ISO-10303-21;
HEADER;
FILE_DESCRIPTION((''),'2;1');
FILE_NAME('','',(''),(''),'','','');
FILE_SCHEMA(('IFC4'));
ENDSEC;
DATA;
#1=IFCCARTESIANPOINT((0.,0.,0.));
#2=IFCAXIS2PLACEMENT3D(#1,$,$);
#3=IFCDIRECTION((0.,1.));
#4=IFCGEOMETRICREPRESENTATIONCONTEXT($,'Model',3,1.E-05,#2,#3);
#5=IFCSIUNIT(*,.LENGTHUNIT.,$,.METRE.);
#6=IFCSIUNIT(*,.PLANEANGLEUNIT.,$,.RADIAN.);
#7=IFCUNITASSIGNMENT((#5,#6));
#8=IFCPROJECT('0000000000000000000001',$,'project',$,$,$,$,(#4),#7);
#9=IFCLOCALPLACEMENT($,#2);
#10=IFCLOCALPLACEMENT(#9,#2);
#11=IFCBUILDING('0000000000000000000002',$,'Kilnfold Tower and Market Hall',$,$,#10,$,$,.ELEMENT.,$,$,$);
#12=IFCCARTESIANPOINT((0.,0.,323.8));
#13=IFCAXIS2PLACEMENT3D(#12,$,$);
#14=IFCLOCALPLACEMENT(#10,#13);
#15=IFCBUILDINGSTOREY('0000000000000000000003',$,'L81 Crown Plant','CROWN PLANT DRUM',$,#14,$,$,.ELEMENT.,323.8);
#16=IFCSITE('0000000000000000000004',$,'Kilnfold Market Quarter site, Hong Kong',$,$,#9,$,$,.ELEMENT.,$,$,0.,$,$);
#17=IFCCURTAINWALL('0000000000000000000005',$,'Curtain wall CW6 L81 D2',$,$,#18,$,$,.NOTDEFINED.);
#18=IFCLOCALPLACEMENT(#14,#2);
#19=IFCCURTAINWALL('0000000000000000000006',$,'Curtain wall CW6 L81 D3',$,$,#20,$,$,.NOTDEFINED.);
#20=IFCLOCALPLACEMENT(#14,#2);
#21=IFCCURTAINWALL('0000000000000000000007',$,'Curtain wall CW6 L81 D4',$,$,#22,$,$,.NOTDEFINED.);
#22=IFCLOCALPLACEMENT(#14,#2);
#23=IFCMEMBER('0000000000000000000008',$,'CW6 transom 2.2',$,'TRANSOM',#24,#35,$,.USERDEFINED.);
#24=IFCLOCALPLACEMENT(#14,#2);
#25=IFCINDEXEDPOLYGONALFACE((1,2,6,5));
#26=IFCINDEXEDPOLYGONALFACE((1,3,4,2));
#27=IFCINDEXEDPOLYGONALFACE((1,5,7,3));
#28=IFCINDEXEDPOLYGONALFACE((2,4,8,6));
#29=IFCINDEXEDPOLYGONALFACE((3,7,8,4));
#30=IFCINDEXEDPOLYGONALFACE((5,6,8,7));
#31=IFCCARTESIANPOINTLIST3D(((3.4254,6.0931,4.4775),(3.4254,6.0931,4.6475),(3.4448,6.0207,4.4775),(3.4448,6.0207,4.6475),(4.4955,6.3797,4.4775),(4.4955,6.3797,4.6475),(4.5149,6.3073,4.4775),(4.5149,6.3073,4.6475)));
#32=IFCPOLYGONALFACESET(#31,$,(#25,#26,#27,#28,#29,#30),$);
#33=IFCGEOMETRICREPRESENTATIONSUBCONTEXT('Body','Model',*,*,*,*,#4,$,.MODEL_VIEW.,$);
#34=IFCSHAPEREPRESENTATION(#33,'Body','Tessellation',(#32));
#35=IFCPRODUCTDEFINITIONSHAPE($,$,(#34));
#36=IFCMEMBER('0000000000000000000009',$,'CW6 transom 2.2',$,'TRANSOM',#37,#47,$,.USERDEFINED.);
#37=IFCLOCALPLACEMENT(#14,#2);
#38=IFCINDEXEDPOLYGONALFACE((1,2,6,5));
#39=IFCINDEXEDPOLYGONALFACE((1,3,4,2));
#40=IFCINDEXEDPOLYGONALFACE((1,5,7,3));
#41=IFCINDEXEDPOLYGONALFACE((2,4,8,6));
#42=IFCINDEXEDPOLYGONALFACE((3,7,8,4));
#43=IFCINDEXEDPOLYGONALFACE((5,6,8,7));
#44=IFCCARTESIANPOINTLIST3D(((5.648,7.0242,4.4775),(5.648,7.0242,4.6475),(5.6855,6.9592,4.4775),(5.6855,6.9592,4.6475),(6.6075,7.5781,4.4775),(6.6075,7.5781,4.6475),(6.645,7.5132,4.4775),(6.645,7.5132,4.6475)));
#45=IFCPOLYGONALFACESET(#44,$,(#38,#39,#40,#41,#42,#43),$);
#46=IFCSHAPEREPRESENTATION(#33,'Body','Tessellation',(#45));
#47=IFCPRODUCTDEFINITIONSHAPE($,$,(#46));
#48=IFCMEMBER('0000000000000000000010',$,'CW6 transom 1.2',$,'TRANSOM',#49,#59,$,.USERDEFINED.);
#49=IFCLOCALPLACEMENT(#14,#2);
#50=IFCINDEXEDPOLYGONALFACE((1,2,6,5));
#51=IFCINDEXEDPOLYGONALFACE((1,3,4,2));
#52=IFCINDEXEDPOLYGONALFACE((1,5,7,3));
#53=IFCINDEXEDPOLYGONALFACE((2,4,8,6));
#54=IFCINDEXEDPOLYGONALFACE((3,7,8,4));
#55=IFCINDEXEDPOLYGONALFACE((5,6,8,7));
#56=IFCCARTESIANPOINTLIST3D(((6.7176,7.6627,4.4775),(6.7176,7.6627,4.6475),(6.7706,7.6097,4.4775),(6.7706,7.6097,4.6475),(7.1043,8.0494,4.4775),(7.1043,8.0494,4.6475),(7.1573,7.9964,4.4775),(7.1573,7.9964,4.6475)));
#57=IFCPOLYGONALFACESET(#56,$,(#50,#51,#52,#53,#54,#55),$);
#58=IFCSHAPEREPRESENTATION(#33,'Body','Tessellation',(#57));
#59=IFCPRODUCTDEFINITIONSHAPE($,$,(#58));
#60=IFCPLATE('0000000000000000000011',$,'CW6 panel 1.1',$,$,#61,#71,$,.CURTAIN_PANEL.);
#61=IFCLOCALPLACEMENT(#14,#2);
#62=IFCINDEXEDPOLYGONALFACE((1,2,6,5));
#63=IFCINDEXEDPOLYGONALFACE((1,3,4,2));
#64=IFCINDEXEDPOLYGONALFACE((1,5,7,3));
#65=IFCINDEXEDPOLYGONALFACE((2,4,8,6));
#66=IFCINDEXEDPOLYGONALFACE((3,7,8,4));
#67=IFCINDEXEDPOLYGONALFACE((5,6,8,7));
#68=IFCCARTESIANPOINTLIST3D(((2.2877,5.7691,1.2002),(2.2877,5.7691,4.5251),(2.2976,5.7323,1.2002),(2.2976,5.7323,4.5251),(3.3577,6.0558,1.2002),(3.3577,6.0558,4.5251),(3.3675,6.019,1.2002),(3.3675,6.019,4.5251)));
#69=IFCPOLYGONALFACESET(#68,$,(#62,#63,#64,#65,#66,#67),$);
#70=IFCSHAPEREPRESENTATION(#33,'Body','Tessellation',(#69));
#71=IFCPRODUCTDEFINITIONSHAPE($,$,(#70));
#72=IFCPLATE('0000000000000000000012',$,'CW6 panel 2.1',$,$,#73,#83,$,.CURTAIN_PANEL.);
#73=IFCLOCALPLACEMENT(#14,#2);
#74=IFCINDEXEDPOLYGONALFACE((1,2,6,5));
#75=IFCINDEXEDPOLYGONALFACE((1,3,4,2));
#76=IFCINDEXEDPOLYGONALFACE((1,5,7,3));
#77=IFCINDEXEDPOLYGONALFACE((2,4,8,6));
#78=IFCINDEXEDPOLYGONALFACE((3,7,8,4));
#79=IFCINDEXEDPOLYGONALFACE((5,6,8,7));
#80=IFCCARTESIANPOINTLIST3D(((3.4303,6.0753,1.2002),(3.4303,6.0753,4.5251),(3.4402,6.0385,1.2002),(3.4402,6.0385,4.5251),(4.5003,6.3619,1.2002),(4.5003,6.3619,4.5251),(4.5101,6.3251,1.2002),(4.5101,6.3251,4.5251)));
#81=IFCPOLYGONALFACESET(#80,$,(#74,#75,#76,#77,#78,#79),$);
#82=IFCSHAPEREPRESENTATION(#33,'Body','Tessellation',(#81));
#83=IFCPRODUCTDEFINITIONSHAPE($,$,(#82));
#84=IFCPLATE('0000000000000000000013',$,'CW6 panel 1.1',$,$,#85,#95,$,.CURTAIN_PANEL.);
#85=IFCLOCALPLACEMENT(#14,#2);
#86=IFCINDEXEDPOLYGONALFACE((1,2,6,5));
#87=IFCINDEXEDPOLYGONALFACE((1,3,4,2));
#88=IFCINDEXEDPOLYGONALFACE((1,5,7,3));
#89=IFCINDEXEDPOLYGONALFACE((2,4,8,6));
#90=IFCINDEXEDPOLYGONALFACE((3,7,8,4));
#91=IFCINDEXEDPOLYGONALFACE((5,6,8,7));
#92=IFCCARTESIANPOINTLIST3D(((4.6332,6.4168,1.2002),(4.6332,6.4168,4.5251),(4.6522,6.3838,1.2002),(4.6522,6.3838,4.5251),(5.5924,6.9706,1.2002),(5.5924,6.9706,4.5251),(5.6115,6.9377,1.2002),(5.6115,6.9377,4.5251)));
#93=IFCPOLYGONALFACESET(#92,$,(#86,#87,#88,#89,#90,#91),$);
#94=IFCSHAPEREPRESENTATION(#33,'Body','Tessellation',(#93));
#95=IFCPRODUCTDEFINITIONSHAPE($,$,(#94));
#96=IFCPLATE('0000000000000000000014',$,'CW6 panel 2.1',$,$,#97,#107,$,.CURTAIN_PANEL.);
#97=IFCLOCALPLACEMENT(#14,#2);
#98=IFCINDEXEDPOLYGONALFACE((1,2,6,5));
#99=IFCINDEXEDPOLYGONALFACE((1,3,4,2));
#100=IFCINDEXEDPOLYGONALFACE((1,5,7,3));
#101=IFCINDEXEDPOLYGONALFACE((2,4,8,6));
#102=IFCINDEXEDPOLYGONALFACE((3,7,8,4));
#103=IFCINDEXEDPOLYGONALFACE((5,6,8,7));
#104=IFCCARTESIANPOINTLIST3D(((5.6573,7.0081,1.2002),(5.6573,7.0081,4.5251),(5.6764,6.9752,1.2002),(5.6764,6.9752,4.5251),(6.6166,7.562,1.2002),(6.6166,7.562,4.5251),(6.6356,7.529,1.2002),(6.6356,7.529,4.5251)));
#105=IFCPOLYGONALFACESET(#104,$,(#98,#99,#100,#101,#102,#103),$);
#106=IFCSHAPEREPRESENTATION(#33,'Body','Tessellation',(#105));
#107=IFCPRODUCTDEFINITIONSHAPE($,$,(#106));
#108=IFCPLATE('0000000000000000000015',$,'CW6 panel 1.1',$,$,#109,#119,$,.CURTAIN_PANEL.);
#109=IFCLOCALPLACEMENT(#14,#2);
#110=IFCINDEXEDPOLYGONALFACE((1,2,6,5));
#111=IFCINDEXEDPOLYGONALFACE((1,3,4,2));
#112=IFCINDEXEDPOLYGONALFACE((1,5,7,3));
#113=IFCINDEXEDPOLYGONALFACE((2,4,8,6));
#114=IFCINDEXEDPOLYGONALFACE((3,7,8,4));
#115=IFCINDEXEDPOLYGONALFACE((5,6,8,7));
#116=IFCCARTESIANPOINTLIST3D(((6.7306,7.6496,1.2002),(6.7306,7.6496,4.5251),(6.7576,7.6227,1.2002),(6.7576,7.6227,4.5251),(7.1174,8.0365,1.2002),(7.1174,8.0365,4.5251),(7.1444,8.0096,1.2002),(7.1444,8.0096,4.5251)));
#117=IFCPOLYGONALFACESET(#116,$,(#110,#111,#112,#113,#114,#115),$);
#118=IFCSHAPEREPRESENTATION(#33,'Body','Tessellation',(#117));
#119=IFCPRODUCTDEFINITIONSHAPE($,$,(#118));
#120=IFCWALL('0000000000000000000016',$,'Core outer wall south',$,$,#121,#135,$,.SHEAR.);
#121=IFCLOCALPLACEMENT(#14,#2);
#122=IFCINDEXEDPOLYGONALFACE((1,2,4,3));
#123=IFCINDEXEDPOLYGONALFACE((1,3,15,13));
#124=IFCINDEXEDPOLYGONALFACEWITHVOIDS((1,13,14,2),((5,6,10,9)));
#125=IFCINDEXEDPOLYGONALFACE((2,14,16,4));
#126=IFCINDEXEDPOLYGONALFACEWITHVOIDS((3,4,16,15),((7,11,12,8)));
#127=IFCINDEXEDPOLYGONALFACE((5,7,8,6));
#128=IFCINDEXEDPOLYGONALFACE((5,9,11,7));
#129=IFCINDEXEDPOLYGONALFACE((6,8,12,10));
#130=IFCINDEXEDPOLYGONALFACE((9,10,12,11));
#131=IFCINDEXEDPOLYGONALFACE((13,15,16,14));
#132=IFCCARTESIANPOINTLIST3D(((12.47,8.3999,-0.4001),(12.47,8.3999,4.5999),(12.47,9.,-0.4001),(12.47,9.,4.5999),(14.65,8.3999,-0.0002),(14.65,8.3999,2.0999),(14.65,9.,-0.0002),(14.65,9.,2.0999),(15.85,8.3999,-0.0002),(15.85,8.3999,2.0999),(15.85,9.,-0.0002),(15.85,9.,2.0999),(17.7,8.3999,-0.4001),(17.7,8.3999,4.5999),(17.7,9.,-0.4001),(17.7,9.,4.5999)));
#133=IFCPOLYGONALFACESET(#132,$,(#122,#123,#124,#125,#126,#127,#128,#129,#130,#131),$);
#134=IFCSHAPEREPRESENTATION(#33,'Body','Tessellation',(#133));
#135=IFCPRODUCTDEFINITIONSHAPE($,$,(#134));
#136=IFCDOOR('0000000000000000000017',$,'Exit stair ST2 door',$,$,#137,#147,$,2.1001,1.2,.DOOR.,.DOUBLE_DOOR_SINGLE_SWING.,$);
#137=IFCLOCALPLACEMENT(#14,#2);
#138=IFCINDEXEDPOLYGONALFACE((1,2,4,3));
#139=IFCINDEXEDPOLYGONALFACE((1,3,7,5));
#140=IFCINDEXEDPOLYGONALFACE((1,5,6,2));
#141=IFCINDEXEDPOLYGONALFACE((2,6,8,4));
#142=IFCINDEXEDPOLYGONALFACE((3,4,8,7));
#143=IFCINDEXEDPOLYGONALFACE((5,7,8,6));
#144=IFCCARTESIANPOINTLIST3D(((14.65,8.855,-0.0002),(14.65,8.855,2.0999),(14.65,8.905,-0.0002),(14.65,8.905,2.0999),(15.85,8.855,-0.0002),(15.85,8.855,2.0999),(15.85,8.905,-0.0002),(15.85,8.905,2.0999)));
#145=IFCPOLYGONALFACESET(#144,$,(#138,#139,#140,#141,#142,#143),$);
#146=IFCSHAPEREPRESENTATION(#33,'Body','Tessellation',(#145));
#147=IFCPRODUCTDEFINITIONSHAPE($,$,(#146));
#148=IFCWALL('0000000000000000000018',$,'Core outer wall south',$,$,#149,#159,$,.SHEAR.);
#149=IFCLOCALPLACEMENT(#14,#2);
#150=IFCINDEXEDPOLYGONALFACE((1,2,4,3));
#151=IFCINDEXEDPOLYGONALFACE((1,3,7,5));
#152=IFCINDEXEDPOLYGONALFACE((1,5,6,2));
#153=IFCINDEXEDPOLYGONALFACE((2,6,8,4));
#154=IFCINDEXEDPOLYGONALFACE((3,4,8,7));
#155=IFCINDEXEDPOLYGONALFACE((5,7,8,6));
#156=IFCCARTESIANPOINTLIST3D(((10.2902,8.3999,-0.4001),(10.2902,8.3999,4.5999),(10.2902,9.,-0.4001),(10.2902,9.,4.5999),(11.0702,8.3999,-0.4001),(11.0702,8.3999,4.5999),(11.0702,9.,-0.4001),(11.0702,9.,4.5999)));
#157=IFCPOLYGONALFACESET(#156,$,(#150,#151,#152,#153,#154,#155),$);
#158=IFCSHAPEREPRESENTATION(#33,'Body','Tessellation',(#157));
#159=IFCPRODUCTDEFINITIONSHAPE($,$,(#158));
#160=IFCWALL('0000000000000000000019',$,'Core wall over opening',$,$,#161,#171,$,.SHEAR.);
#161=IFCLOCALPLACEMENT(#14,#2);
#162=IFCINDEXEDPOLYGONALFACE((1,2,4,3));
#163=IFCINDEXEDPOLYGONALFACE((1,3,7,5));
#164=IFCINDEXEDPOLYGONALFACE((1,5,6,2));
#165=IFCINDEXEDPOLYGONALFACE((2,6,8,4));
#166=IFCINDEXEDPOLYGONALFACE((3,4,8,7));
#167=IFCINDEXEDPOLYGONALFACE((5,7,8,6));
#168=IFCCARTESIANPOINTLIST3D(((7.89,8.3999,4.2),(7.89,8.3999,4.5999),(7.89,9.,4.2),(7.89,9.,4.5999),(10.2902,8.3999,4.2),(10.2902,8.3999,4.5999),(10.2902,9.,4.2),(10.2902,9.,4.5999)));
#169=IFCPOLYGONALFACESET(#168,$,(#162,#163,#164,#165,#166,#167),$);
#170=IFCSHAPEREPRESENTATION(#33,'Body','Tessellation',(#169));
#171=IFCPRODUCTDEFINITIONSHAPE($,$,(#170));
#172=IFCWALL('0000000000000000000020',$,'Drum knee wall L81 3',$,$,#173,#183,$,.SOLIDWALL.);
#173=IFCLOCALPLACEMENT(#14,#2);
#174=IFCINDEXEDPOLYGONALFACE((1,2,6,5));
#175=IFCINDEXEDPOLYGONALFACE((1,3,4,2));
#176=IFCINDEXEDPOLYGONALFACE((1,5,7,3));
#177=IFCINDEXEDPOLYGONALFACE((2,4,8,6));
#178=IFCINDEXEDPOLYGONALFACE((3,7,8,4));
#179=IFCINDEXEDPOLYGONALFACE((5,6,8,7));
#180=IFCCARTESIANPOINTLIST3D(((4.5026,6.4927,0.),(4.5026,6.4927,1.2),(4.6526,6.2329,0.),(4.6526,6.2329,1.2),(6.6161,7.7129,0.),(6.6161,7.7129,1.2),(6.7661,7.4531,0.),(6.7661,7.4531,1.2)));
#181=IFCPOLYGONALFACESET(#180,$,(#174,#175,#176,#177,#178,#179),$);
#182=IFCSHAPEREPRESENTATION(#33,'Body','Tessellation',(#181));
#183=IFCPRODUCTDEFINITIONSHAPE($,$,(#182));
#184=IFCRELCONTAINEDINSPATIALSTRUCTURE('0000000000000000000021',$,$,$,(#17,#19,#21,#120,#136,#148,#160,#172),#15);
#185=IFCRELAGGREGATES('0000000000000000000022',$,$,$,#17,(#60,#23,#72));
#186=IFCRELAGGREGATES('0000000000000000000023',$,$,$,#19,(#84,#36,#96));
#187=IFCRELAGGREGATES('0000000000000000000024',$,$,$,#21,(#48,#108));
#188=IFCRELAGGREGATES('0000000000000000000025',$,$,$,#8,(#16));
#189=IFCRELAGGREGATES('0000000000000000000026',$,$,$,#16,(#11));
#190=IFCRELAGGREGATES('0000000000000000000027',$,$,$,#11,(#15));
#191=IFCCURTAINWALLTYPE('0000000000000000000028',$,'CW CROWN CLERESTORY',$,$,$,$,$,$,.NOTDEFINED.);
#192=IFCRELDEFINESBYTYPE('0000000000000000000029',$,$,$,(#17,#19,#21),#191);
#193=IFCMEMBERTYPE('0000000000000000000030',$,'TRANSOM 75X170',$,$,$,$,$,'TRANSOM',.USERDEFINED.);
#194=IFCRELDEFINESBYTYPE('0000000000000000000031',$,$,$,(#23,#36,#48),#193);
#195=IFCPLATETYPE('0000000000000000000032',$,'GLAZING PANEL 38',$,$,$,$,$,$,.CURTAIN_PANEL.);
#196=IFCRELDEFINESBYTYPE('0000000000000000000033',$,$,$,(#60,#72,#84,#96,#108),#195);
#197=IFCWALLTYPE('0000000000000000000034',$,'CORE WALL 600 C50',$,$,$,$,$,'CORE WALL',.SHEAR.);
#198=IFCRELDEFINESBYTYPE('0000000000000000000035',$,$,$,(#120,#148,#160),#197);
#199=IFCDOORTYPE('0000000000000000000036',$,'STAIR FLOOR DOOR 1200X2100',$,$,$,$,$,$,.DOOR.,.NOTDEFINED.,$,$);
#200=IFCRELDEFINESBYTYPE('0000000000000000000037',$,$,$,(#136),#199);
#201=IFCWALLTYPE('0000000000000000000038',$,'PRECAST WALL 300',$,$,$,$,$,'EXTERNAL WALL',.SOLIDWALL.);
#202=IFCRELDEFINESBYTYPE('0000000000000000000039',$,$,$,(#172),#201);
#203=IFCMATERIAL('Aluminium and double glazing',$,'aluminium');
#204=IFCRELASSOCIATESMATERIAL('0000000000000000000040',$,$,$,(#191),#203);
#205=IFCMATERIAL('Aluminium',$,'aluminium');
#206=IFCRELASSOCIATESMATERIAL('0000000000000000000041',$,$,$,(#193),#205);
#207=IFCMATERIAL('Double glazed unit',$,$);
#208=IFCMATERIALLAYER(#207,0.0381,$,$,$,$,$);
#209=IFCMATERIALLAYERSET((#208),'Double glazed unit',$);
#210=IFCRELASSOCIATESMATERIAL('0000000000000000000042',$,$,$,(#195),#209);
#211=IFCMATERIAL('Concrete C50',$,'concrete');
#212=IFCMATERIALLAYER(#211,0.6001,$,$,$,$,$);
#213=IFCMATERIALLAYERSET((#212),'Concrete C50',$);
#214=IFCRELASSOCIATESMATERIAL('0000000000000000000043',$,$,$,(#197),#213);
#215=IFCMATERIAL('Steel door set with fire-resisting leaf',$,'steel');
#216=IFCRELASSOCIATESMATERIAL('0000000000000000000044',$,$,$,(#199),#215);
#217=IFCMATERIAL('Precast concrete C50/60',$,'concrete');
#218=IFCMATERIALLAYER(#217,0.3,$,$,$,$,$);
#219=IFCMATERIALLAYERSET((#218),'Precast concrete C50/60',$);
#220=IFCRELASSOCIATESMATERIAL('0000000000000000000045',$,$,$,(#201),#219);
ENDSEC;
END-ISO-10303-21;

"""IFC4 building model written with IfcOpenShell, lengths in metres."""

from ifc_helpers import new_model, si_unit, direction, frame, frame_2d, origin, origin_2d, place, context, subcontext, project, spatial, rectangle, extrude, source, transform, mapped, material, layer, layer_set, material_profile, profile_set, type_object, element, fill, aggregate, save


model = new_model("IFC4")

# Units and contexts
model_context = context("Model", 3, precision=1e-05, world=origin(), true_north=direction((0.0, 1.0)))
body_context = subcontext(model_context, "Body", "Model", "MODEL_VIEW")
ifc_project = project(units=[si_unit("LENGTHUNIT", "METRE"), si_unit("PLANEANGLEUNIT", "RADIAN")], contexts=[model_context])

# Site, building, storey
site_placement = place(None, origin())
site = spatial("IfcSite", under=ifc_project, at=site_placement, Name="Kilnfold Market Quarter site, Hong Kong", CompositionType="ELEMENT", RefElevation=0.0)
building_placement = place(site_placement, origin())
building = spatial("IfcBuilding", under=site, at=building_placement, Name="Kilnfold Tower and Market Hall", CompositionType="ELEMENT")
storey_placement = place(building_placement, frame((0.0, 0.0, 323.8)))
storey = spatial("IfcBuildingStorey", under=building, at=storey_placement, Name="L81 Crown Plant", Description="CROWN PLANT DRUM", CompositionType="ELEMENT", Elevation=323.8)

# Shared definitions
ifc_material_1 = material(Name="Aluminium and double glazing", Category="aluminium")
curtain_wall_type = type_object("IfcCurtainWallType", Name="CW CROWN CLERESTORY", PredefinedType="NOTDEFINED", material=ifc_material_1)

# Curtain walls
curtain_wall_1_placement = place(storey_placement, origin())
curtain_wall_1 = element("IfcCurtainWall", 1, at=curtain_wall_1_placement, inside=storey, type_object=curtain_wall_type, Name="Curtain wall CW6 L81 D2", PredefinedType="NOTDEFINED")
curtain_wall_2_placement = place(storey_placement, origin())
curtain_wall_2 = element("IfcCurtainWall", 2, at=curtain_wall_2_placement, inside=storey, type_object=curtain_wall_type, Name="Curtain wall CW6 L81 D3", PredefinedType="NOTDEFINED")
curtain_wall_3_placement = place(storey_placement, origin())
curtain_wall_3 = element("IfcCurtainWall", 3, at=curtain_wall_3_placement, inside=storey, type_object=curtain_wall_type, Name="Curtain wall CW6 L81 D4", PredefinedType="NOTDEFINED")

# Members
ifc_material_2 = material(Name="Aluminium", Category="aluminium")
ifc_material_profile_1 = material_profile(ifc_material_2, rectangle(XDim=0.075, YDim=0.1699, at=origin_2d()), Name="TRANSOM 75x170")
ifc_profile_set_1 = profile_set([ifc_material_profile_1], Name="Aluminium")
member_type_1 = type_object("IfcMemberType", Name="TRANSOM 75X170", ElementType="TRANSOM", PredefinedType="USERDEFINED", material=ifc_profile_set_1)
shared_shape_1 = source(origin(), body_context, "Body", "SweptSolid", [
    extrude(rectangle(XDim=0.075, YDim=0.1699, at=origin_2d()), origin(), (0.0, 0.0, 1.0), 1.1079),
])
member_1_placement = place(storey_placement, frame((3.4351, 6.0569, 4.5625), z_axis=(0.965949, 0.258732, 0.0), x_axis=(-0.258732, 0.965949, 0.0)))
member_1 = element("IfcMember", 4, at=member_1_placement, type_object=member_type_1, Name="CW6 transom 2.2", ObjectType="TRANSOM", PredefinedType="USERDEFINED", context=body_context, shape_type="MappedRepresentation", body=[
    mapped(shared_shape_1, transform((0.0, 0.0, 0.0))),
])
member_2_placement = place(storey_placement, frame((5.6667, 6.9917, 4.5625), z_axis=(0.866024, 0.500002, 0.0), x_axis=(-0.500002, 0.866024, 0.0)))
member_2 = element("IfcMember", 5, at=member_2_placement, type_object=member_type_1, Name="CW6 transom 2.2", ObjectType="TRANSOM", PredefinedType="USERDEFINED", context=body_context, shape_type="MappedRepresentation", body=[
    mapped(shared_shape_1, transform((0.0, 0.0, 0.0))),
])
shared_shape_2 = source(origin(), body_context, "Body", "SweptSolid", [
    extrude(rectangle(XDim=0.075, YDim=0.1699, at=origin_2d()), origin(), (0.0, 0.0, 1.0), 0.5469),
])
member_3_placement = place(storey_placement, frame((6.7441, 7.6362, 4.5625), z_axis=(0.707107, 0.707107, 0.0), x_axis=(-0.707107, 0.707107, 0.0)))
member_3 = element("IfcMember", 6, at=member_3_placement, type_object=member_type_1, Name="CW6 transom 1.2", ObjectType="TRANSOM", PredefinedType="USERDEFINED", context=body_context, shape_type="MappedRepresentation", body=[
    mapped(shared_shape_2, transform((0.0, 0.0, 0.0))),
])

# Plates
ifc_material_3 = material(Name="Double glazed unit")
ifc_layer_1 = layer(ifc_material_3, 0.0381)
ifc_layer_set_1 = layer_set([ifc_layer_1], Name="Double glazed unit")
plate_type = type_object("IfcPlateType", Name="GLAZING PANEL 38", PredefinedType="CURTAIN_PANEL", material=ifc_layer_set_1)
shared_shape_3 = source(origin(), body_context, "Body", "SweptSolid", [
    extrude(rectangle(XDim=1.1077, YDim=0.0381, at=origin_2d()), origin(), (0.0, 0.0, 1.0), 3.325),
])
plate_1_placement = place(storey_placement, frame((2.8276, 5.894, 1.2002), z_axis=(0.0, 0.0, 1.0), x_axis=(0.96593, 0.258805, 0.0)))
plate_1 = element("IfcPlate", 7, at=plate_1_placement, type_object=plate_type, Name="CW6 panel 1.1", PredefinedType="CURTAIN_PANEL", context=body_context, shape_type="MappedRepresentation", body=[
    mapped(shared_shape_3, transform((0.0, 0.0, 0.0))),
])
plate_2_placement = place(storey_placement, frame((3.9702, 6.2002, 1.2002), z_axis=(0.0, 0.0, 1.0), x_axis=(0.96593, 0.258805, 0.0)))
plate_2 = element("IfcPlate", 8, at=plate_2_placement, type_object=plate_type, Name="CW6 panel 2.1", PredefinedType="CURTAIN_PANEL", context=body_context, shape_type="MappedRepresentation", body=[
    mapped(shared_shape_3, transform((0.0, 0.0, 0.0))),
])
aggregate(curtain_wall_1, [plate_1, member_1, plate_2])
plate_3_placement = place(storey_placement, frame((5.1223, 6.6772, 1.2002), z_axis=(0.0, 0.0, 1.0), x_axis=(0.866031, 0.499991, 0.0)))
plate_3 = element("IfcPlate", 9, at=plate_3_placement, type_object=plate_type, Name="CW6 panel 1.1", PredefinedType="CURTAIN_PANEL", context=body_context, shape_type="MappedRepresentation", body=[
    mapped(shared_shape_3, transform((0.0, 0.0, 0.0))),
])
plate_4_placement = place(storey_placement, frame((6.1465, 7.2686, 1.2002), z_axis=(0.0, 0.0, 1.0), x_axis=(0.866031, 0.499991, 0.0)))
plate_4 = element("IfcPlate", 10, at=plate_4_placement, type_object=plate_type, Name="CW6 panel 2.1", PredefinedType="CURTAIN_PANEL", context=body_context, shape_type="MappedRepresentation", body=[
    mapped(shared_shape_3, transform((0.0, 0.0, 0.0))),
])
aggregate(curtain_wall_2, [plate_3, member_2, plate_4])
shared_shape_4 = source(origin(), body_context, "Body", "SweptSolid", [
    extrude(rectangle(XDim=0.5471, YDim=0.0381, at=origin_2d()), origin(), (0.0, 0.0, 1.0), 3.325),
])
plate_5_placement = place(storey_placement, frame((6.9375, 7.8296, 1.2002), z_axis=(0.0, 0.0, 1.0), x_axis=(0.707035, 0.707178, 0.0)))
plate_5 = element("IfcPlate", 11, at=plate_5_placement, type_object=plate_type, Name="CW6 panel 1.1", PredefinedType="CURTAIN_PANEL", context=body_context, shape_type="MappedRepresentation", body=[
    mapped(shared_shape_4, transform((0.0, 0.0, 0.0))),
])
aggregate(curtain_wall_3, [member_3, plate_5])

# Wall, opening, door
ifc_material_4 = material(Name="Concrete C50", Category="concrete")
ifc_layer_2 = layer(ifc_material_4, 0.6001)
ifc_layer_set_2 = layer_set([ifc_layer_2], Name="Concrete C50")
wall_type_1 = type_object("IfcWallType", Name="CORE WALL 600 C50", ElementType="CORE WALL", PredefinedType="SHEAR", material=ifc_layer_set_2)
shared_shape_5 = source(origin(), body_context, "Body", "SweptSolid", [
    extrude(rectangle(XDim=5.23, YDim=0.6001, at=frame_2d((2.615, 0.0))), origin(), (0.0, 0.0, 1.0), 5.0),
])
wall_1_placement = place(storey_placement, frame((12.47, 8.7, -0.4001), z_axis=(0.0, 0.0, 1.0), x_axis=(1.0, 0.0, 0.0)))
wall_1 = element("IfcWall", 12, at=wall_1_placement, inside=storey, type_object=wall_type_1, Name="Core outer wall south", PredefinedType="SHEAR", context=body_context, shape_type="MappedRepresentation", body=[
    mapped(shared_shape_5, transform((0.0, 0.0, 0.0))),
])
opening_placement = place(wall_1_placement, frame((2.1799, 0.0, 0.3999)))
opening = element("IfcOpeningElement", 13, at=opening_placement, cuts=wall_1, PredefinedType="OPENING", context=body_context, shape_type="SweptSolid", body=[
    extrude(rectangle(XDim=1.2, YDim=2.1001, at=frame_2d((0.6001, 1.05))), frame((0.0, 0.3101, 0.0), z_axis=(0.0, -1.0, 0.0), x_axis=(1.0, 0.0, 0.0)), (0.0, 0.0, 1.0), 0.6201),
])
ifc_material_5 = material(Name="Steel door set with fire-resisting leaf", Category="steel")
door_type = type_object("IfcDoorType", Name="STAIR FLOOR DOOR 1200X2100", OperationType="NOTDEFINED", PredefinedType="DOOR", material=ifc_material_5)
door_placement = place(opening_placement, origin())
door = element("IfcDoor", 14, at=door_placement, inside=storey, type_object=door_type, Name="Exit stair ST2 door", OperationType="DOUBLE_DOOR_SINGLE_SWING", OverallHeight=2.1001, OverallWidth=1.2, PredefinedType="DOOR", context=body_context, shape_type="SweptSolid", body=[
    extrude(rectangle(XDim=1.2, YDim=2.1001, at=frame_2d((0.6001, 1.05))), frame((0.0, 0.2051, 0.0), z_axis=(0.0, -1.0, 0.0), x_axis=(1.0, 0.0, 0.0)), (0.0, 0.0, 1.0), 0.05),
])
fill(opening, door)

# Walls
shared_shape_6 = source(origin(), body_context, "Body", "SweptSolid", [
    extrude(rectangle(XDim=0.78, YDim=0.6001, at=frame_2d((0.3901, 0.0))), origin(), (0.0, 0.0, 1.0), 5.0),
])
wall_2_placement = place(storey_placement, frame((10.29, 8.7, -0.4001), z_axis=(0.0, 0.0, 1.0), x_axis=(1.0, 0.0, 0.0)))
element("IfcWall", 15, at=wall_2_placement, inside=storey, type_object=wall_type_1, Name="Core outer wall south", PredefinedType="SHEAR", context=body_context, shape_type="MappedRepresentation", body=[
    mapped(shared_shape_6, transform((0.0, 0.0, 0.0))),
])
shared_shape_7 = source(origin(), body_context, "Body", "SweptSolid", [
    extrude(rectangle(XDim=2.4001, YDim=0.6001, at=frame_2d((1.2002, 0.0))), origin(), (0.0, 0.0, 1.0), 0.3999),
])
wall_3_placement = place(storey_placement, frame((7.8899, 8.7, 4.2), z_axis=(0.0, 0.0, 1.0), x_axis=(1.0, 0.0, 0.0)))
element("IfcWall", 16, at=wall_3_placement, inside=storey, type_object=wall_type_1, Name="Core wall over opening", PredefinedType="SHEAR", context=body_context, shape_type="MappedRepresentation", body=[
    mapped(shared_shape_7, transform((0.0, 0.0, 0.0))),
])
ifc_material_6 = material(Name="Precast concrete C50/60", Category="concrete")
ifc_layer_3 = layer(ifc_material_6, 0.3)
ifc_layer_set_3 = layer_set([ifc_layer_3], Name="Precast concrete C50/60")
wall_type_2 = type_object("IfcWallType", Name="PRECAST WALL 300", ElementType="EXTERNAL WALL", PredefinedType="SOLIDWALL", material=ifc_layer_set_3)
shared_shape_8 = source(origin(), body_context, "Body", "SweptSolid", [
    extrude(rectangle(XDim=2.4404, YDim=0.3, at=frame_2d((1.2202, 0.0))), origin(), (0.0, 0.0, 1.0), 1.2),
])
wall_4_placement = place(storey_placement, frame((4.5776, 6.3628, 0.0), z_axis=(0.0, 0.0, 1.0), x_axis=(0.866031, 0.499991, 0.0)))
element("IfcWall", 17, at=wall_4_placement, inside=storey, type_object=wall_type_2, Name="Drum knee wall L81 3", PredefinedType="SOLIDWALL", context=body_context, shape_type="MappedRepresentation", body=[
    mapped(shared_shape_8, transform((0.0, 0.0, 0.0))),
])

save(model, "model.ifc")
